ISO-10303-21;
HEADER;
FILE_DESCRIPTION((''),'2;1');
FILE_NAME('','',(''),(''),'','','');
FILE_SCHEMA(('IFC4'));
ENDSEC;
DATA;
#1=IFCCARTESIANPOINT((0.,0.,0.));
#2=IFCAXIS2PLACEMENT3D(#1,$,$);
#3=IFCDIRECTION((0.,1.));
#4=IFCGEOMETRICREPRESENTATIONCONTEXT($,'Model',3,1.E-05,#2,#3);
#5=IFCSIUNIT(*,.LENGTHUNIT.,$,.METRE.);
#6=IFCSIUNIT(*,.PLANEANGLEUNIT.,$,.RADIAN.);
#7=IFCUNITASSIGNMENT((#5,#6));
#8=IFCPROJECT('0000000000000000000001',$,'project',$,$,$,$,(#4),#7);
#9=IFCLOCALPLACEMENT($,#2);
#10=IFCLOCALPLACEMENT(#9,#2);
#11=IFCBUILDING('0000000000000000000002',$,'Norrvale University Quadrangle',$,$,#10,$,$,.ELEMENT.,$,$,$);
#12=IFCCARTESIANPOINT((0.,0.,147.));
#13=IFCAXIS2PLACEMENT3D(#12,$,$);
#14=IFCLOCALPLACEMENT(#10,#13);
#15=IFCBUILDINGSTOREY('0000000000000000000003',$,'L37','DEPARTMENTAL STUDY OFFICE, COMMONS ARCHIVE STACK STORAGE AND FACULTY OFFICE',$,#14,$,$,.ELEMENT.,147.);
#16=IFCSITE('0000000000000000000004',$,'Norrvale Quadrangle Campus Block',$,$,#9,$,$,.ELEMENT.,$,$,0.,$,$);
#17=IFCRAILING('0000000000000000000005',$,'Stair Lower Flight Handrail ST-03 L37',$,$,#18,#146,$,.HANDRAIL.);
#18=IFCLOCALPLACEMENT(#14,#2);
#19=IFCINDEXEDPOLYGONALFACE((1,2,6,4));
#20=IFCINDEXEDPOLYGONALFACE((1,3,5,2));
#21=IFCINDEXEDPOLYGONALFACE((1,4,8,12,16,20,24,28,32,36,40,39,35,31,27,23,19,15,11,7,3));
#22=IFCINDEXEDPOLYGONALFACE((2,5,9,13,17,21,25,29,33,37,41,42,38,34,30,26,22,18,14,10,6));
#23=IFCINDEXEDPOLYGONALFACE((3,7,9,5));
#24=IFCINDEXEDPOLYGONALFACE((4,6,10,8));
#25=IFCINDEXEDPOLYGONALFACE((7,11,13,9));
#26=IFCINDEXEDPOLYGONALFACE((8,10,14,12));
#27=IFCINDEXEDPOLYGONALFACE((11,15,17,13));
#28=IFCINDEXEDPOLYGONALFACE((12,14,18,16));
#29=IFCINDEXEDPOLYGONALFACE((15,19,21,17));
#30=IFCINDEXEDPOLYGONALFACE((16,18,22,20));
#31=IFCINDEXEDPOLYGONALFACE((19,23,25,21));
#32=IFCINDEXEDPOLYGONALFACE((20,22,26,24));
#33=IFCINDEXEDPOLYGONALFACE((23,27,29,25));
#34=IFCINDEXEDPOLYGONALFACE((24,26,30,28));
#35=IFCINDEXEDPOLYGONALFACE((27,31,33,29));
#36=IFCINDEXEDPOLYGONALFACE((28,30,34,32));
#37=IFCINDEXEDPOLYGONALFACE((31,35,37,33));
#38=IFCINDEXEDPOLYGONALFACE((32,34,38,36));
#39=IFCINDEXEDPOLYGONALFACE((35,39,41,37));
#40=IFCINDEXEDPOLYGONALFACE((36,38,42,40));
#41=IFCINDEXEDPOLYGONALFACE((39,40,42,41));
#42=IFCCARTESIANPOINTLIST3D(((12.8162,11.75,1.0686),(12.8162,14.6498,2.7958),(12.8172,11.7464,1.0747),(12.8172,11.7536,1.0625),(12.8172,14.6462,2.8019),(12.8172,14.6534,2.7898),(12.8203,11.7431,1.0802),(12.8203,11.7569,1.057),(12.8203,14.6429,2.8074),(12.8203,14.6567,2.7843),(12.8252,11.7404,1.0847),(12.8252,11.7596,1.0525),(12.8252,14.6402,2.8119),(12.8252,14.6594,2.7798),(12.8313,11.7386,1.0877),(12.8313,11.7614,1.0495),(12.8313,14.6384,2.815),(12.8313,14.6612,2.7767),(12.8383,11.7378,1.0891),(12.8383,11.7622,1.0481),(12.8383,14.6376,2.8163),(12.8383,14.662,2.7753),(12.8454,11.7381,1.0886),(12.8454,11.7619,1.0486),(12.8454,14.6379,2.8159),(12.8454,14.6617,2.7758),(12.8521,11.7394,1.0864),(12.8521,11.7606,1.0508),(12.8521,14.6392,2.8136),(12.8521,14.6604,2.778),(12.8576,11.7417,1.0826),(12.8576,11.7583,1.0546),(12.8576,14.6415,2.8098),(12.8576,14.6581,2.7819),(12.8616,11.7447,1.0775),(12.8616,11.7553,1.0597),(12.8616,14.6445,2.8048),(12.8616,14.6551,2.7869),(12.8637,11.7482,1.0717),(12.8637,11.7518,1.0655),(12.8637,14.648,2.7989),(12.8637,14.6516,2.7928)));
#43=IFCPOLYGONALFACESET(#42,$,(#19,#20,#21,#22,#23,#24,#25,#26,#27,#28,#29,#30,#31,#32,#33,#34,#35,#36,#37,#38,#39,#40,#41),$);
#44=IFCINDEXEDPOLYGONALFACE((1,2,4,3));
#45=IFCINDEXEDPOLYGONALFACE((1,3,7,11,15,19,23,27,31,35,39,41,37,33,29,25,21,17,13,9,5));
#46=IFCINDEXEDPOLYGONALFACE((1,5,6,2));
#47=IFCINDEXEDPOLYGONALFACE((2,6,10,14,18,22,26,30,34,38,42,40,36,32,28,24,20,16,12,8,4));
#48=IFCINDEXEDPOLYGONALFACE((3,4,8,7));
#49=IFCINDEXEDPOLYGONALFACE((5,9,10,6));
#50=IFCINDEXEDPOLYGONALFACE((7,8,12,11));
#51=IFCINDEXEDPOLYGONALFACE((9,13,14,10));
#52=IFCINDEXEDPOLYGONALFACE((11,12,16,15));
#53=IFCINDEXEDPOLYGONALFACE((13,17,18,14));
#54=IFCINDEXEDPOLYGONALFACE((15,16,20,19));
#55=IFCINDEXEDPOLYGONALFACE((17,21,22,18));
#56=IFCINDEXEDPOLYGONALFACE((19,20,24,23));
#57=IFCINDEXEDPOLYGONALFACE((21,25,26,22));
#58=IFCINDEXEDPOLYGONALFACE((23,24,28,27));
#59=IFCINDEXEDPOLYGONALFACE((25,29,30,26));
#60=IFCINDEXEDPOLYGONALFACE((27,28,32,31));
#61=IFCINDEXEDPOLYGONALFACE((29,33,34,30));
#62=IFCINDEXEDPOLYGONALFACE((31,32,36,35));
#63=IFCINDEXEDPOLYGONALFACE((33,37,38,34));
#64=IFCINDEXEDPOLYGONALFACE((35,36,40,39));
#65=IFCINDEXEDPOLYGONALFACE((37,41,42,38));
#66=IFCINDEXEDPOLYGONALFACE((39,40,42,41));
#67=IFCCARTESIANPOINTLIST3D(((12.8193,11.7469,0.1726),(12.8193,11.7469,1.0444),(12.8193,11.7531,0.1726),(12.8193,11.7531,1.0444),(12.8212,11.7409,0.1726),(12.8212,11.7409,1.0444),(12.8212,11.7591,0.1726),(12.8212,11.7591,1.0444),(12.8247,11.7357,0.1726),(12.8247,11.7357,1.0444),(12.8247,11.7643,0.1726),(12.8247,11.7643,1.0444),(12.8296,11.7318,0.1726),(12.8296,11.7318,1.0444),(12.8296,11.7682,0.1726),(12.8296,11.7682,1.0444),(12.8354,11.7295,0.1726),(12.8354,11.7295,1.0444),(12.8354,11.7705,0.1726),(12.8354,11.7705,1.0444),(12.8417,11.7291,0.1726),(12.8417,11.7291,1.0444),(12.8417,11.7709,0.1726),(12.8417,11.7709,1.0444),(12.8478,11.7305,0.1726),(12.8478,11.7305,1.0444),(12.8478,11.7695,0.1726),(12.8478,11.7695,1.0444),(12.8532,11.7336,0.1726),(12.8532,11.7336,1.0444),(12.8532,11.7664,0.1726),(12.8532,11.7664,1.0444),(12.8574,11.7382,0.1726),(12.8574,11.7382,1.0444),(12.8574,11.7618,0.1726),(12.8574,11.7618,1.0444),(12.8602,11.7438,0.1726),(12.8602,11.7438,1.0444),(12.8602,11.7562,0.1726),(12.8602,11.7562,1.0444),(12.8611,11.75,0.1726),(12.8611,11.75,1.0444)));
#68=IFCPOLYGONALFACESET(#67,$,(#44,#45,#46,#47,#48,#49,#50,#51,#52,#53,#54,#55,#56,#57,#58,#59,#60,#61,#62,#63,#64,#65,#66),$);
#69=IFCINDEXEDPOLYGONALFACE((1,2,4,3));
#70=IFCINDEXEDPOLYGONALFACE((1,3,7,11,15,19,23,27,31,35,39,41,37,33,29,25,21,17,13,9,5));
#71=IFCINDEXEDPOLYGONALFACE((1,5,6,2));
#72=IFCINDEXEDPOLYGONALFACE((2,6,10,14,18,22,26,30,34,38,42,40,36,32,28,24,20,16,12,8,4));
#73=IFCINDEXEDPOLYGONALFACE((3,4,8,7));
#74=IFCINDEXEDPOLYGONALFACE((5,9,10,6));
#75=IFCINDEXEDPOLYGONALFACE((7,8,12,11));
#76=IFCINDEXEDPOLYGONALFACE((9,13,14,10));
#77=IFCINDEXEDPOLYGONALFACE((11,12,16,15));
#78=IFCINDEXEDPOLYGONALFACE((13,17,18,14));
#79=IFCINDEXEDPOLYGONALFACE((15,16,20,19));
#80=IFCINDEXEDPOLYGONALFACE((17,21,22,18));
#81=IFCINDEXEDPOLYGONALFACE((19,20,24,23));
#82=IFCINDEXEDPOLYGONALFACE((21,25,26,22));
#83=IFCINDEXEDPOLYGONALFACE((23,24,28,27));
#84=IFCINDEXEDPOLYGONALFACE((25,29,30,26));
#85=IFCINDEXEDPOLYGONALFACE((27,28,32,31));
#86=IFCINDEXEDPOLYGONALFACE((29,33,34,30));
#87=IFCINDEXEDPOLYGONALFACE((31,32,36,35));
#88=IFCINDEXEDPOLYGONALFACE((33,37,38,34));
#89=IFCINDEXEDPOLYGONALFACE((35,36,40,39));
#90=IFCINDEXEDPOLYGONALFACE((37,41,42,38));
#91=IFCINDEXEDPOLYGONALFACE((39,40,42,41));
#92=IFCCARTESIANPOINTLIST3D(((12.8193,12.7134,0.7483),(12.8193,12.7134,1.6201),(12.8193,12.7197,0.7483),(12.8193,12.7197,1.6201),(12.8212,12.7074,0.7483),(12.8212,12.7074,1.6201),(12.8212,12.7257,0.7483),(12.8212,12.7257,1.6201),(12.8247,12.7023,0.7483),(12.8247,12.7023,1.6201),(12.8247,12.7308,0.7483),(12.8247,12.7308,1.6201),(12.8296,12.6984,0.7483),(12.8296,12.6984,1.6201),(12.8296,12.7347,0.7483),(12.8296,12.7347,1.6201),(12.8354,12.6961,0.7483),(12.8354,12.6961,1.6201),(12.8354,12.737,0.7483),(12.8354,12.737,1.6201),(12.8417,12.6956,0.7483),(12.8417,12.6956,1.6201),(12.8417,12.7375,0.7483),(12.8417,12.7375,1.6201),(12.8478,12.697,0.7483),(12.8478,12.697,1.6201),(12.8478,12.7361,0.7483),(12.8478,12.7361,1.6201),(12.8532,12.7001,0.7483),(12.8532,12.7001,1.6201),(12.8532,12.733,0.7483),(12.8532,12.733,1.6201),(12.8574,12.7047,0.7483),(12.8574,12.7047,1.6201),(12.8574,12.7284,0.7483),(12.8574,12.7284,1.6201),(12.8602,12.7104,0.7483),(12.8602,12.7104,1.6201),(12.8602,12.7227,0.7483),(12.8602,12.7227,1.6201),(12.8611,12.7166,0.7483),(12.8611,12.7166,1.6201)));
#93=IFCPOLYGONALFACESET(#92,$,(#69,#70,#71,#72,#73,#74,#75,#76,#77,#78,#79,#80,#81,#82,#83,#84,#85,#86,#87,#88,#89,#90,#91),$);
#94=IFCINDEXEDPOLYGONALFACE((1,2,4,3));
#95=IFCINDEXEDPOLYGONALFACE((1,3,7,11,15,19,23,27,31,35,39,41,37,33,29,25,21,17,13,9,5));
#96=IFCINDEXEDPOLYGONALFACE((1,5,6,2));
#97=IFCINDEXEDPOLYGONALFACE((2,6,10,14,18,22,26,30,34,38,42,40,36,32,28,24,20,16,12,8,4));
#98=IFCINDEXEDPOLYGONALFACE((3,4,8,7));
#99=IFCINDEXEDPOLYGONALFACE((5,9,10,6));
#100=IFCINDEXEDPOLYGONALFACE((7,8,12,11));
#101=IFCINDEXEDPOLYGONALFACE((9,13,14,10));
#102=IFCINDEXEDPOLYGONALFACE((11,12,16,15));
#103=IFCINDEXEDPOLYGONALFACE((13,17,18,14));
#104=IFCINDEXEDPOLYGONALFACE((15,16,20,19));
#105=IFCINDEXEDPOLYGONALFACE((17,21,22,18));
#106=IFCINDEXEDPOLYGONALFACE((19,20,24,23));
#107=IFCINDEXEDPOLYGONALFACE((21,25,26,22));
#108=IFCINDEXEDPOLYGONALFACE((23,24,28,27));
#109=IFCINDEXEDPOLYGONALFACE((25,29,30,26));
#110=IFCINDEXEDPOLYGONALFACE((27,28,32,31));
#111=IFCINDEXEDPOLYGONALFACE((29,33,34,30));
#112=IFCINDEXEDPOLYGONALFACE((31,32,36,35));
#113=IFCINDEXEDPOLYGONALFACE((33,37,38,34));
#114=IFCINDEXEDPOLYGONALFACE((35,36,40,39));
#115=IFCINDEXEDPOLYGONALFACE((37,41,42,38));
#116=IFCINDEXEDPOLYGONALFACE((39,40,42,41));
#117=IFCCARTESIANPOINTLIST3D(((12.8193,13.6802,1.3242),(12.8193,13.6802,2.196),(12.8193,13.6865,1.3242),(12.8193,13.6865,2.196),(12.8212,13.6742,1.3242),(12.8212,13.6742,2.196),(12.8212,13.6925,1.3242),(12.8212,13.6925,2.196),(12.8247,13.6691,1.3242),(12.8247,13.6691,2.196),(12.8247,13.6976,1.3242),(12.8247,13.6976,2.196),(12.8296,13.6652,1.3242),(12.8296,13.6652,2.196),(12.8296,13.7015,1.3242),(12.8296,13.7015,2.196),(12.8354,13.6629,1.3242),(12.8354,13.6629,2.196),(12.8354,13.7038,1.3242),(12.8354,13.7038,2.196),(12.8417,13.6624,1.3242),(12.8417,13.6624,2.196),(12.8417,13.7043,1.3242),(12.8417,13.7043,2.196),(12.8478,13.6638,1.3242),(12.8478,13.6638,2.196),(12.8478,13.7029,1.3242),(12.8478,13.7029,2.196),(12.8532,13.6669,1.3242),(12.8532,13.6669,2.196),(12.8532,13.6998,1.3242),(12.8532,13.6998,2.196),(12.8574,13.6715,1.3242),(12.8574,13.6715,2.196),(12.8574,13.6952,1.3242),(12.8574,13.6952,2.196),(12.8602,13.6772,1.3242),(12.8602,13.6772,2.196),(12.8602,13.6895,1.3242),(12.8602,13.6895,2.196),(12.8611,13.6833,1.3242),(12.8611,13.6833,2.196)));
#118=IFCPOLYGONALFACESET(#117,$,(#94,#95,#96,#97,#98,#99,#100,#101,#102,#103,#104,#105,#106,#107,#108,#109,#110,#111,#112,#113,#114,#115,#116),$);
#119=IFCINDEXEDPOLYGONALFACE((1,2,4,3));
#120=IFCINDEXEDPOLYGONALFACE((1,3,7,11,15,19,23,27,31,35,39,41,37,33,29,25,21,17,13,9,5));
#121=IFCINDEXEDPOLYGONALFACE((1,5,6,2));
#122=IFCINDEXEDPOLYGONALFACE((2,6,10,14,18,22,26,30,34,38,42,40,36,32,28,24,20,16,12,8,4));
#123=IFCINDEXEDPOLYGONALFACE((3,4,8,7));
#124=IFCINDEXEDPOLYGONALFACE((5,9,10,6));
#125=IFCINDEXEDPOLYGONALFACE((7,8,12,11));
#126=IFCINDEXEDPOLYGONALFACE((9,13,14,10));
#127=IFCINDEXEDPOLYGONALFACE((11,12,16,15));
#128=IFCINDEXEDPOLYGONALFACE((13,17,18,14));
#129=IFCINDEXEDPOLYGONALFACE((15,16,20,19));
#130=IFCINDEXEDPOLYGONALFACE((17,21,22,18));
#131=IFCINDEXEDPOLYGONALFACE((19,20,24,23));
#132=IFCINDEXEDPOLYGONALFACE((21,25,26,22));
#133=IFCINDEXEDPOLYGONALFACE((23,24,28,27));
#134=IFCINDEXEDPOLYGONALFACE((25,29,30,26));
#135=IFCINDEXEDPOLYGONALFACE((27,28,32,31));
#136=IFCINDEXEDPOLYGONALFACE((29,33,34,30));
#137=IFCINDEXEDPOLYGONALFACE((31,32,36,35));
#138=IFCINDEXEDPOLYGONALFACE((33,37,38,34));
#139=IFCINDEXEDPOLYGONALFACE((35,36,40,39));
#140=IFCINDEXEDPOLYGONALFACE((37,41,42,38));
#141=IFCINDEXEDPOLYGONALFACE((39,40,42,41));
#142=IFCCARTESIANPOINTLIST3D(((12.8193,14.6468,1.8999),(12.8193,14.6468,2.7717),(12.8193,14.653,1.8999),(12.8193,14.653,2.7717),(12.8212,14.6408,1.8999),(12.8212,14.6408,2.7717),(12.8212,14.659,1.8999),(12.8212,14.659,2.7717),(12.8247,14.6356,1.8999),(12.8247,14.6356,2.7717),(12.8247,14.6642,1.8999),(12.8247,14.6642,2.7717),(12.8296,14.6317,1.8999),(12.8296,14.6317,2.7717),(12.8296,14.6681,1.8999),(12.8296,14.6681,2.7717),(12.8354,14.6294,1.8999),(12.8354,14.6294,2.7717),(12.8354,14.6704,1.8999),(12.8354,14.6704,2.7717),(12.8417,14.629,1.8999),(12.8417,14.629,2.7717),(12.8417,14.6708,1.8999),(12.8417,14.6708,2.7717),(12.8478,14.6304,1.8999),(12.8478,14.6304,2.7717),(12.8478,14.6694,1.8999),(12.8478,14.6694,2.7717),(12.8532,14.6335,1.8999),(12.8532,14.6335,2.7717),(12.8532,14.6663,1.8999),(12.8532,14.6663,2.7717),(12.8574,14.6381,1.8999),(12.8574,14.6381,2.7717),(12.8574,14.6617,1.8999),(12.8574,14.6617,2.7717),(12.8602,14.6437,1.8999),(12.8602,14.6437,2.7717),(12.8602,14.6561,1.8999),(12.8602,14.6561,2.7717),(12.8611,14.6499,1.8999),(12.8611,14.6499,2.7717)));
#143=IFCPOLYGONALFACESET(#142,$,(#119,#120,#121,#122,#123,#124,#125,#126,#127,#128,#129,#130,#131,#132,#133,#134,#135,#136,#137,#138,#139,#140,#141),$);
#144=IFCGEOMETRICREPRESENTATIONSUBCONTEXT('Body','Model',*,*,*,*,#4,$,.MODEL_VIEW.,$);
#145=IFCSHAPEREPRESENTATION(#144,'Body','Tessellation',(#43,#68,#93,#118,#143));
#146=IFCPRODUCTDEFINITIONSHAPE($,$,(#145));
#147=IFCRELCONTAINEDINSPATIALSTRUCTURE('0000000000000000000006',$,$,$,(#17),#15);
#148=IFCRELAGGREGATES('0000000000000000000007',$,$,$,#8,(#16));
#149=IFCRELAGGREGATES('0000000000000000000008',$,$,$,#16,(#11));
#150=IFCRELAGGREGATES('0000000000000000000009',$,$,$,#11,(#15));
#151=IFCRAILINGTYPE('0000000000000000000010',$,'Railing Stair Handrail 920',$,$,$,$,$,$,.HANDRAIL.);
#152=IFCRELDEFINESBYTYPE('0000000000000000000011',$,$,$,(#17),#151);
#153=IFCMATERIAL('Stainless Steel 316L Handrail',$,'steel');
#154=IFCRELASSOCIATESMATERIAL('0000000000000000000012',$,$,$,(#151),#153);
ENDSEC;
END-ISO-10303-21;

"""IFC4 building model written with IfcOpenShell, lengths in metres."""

from ifc_helpers import new_model, si_unit, direction, frame, origin, origin_2d, place, context, subcontext, project, spatial, circle, extrude, material, type_object, element, save


model = new_model("IFC4")

# Units and contexts
model_context = context("Model", 3, precision=1e-05, world=origin(), true_north=direction((0.0, 1.0)))
body_context = subcontext(model_context, "Body", "Model", "MODEL_VIEW")
ifc_project = project(units=[si_unit("LENGTHUNIT", "METRE"), si_unit("PLANEANGLEUNIT", "RADIAN")], contexts=[model_context])

# Site, building, storey
site_placement = place(None, origin())
site = spatial("IfcSite", under=ifc_project, at=site_placement, Name="Norrvale Quadrangle Campus Block", CompositionType="ELEMENT", RefElevation=0.0)
building_placement = place(site_placement, origin())
building = spatial("IfcBuilding", under=site, at=building_placement, Name="Norrvale University Quadrangle", CompositionType="ELEMENT")
storey_placement = place(building_placement, frame((0.0, 0.0, 147.0)))
storey = spatial("IfcBuildingStorey", under=building, at=storey_placement, Name="L37", Description="DEPARTMENTAL STUDY OFFICE, COMMONS ARCHIVE STACK STORAGE AND FACULTY OFFICE", CompositionType="ELEMENT", Elevation=147.0)

# Railing
ifc_material_1 = material(Name="Stainless Steel 316L Handrail", Category="steel")
railing_type_1 = type_object("IfcRailingType", Name="Railing Stair Handrail 920", PredefinedType="HANDRAIL", material=ifc_material_1)
railing_1_placement = place(storey_placement, frame((12.8401, 11.75, 0.1726)))
element("IfcRailing", 1, at=railing_1_placement, inside=storey, type_object=railing_type_1, Name="Stair Lower Flight Handrail ST-03 L37", PredefinedType="HANDRAIL", context=body_context, shape_type="SweptSolid", body=[
    extrude(circle(Radius=0.0239, at=origin_2d()), frame((0.0, 0.0, 0.896), z_axis=(0.0, 0.859141, 0.511738), x_axis=(-1.0, 0.0, 0.0)), (0.0, 0.0, 1.0), 3.3752),
    extrude(circle(Radius=0.021, at=origin_2d()), origin(), (0.0, 0.0, 1.0), 0.8718),
    extrude(circle(Radius=0.021, at=origin_2d()), frame((0.0, 0.9666, 0.5757)), (0.0, 0.0, 1.0), 0.8718),
    extrude(circle(Radius=0.021, at=origin_2d()), frame((0.0, 1.9333, 1.1516)), (0.0, 0.0, 1.0), 0.8718),
    extrude(circle(Radius=0.021, at=origin_2d()), frame((0.0, 2.8999, 1.7273)), (0.0, 0.0, 1.0), 0.8718),
])

save(model, "model.ifc")
